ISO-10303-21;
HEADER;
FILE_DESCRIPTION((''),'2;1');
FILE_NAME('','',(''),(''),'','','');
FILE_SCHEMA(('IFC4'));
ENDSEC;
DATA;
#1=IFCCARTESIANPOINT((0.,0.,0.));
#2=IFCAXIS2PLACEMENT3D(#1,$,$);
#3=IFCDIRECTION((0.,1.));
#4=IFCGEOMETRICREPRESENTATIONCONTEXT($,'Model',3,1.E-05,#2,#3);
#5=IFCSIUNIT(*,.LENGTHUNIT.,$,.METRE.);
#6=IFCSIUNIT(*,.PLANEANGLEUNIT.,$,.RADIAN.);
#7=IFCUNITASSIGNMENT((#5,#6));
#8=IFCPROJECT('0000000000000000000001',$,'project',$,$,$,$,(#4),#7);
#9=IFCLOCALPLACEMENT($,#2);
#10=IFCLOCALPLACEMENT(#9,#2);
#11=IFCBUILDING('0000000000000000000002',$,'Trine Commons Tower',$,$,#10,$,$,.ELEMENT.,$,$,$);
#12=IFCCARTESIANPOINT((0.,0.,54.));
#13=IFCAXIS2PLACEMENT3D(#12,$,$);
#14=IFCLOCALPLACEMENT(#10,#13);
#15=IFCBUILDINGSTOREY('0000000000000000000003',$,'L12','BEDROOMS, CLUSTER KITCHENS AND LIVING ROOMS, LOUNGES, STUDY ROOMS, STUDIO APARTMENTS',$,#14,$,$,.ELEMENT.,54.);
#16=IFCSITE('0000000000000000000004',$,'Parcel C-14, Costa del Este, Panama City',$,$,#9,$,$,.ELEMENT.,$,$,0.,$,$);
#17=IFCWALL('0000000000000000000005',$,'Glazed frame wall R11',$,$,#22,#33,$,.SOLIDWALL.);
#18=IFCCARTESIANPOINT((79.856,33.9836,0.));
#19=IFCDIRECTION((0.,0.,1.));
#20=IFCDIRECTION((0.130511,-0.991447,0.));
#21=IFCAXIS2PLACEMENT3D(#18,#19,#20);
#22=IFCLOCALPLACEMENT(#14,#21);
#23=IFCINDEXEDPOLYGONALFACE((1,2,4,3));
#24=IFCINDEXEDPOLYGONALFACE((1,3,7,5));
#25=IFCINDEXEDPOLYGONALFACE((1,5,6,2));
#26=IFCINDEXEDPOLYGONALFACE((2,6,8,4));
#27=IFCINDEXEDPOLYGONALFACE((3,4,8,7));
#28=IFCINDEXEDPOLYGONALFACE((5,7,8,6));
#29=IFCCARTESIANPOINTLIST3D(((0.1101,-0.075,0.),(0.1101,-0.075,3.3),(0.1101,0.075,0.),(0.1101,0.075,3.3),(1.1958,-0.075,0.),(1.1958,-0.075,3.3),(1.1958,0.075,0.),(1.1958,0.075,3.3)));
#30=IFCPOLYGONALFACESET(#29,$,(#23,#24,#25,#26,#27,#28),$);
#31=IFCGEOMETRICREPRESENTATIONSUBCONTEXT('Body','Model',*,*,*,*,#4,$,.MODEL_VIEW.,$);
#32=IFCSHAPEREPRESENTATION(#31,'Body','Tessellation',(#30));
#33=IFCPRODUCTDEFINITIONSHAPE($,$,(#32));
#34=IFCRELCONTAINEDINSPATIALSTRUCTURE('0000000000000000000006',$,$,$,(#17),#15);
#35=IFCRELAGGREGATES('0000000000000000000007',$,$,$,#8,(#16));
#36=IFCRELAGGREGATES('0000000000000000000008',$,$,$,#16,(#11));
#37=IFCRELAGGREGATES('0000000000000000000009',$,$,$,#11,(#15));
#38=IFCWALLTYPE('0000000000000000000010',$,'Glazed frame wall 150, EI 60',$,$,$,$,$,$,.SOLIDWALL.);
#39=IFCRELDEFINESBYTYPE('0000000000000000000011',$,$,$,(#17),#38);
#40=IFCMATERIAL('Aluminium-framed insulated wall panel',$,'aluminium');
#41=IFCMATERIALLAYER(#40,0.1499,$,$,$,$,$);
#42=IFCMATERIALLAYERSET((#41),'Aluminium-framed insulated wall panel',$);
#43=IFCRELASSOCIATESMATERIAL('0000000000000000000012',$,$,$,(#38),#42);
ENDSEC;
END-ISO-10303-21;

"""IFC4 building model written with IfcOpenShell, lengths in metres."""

from ifc_helpers import new_model, si_unit, direction, frame, origin, place, context, subcontext, project, spatial, polyline, outline, extrude, material, layer, layer_set, type_object, element, save


model = new_model("IFC4")

# Units and contexts
model_context = context("Model", 3, precision=1e-05, world=origin(), true_north=direction((0.0, 1.0)))
body_context = subcontext(model_context, "Body", "Model", "MODEL_VIEW")
ifc_project = project(units=[si_unit("LENGTHUNIT", "METRE"), si_unit("PLANEANGLEUNIT", "RADIAN")], contexts=[model_context])

# Site, building, storey
site_placement = place(None, origin())
site = spatial("IfcSite", under=ifc_project, at=site_placement, Name="Parcel C-14, Costa del Este, Panama City", CompositionType="ELEMENT", RefElevation=0.0)
building_placement = place(site_placement, origin())
building = spatial("IfcBuilding", under=site, at=building_placement, Name="Trine Commons Tower", CompositionType="ELEMENT")
storey_placement = place(building_placement, frame((0.0, 0.0, 54.0)))
storey = spatial("IfcBuildingStorey", under=building, at=storey_placement, Name="L12", Description="BEDROOMS, CLUSTER KITCHENS AND LIVING ROOMS, LOUNGES, STUDY ROOMS, STUDIO APARTMENTS", CompositionType="ELEMENT", Elevation=54.0)

# Shared definitions
ifc_material_1 = material(Name="Aluminium-framed insulated wall panel", Category="aluminium")
ifc_layer_1 = layer(ifc_material_1, 0.1499)
ifc_layer_set_1 = layer_set([ifc_layer_1], Name="Aluminium-framed insulated wall panel")
wall_type_1 = type_object("IfcWallType", Name="Glazed frame wall 150, EI 60", PredefinedType="SOLIDWALL", material=ifc_layer_set_1)

# Wall
wall_1_placement = place(storey_placement, frame((79.856, 33.9836, 0.0), z_axis=(0.0, 0.0, 1.0), x_axis=(0.130511, -0.991447, 0.0)))
element("IfcWall", 1, at=wall_1_placement, inside=storey, type_object=wall_type_1, Name="Glazed frame wall R11", PredefinedType="SOLIDWALL", context=body_context, shape_type="SweptSolid", body=[
    extrude(outline(polyline([(0.1101, 0.075), (0.1101, -0.075), (1.1958, -0.075), (1.1958, 0.075), (0.1101, 0.075)])), origin(), (0.0, 0.0, 1.0), 3.3),
])

save(model, "model.ifc")
